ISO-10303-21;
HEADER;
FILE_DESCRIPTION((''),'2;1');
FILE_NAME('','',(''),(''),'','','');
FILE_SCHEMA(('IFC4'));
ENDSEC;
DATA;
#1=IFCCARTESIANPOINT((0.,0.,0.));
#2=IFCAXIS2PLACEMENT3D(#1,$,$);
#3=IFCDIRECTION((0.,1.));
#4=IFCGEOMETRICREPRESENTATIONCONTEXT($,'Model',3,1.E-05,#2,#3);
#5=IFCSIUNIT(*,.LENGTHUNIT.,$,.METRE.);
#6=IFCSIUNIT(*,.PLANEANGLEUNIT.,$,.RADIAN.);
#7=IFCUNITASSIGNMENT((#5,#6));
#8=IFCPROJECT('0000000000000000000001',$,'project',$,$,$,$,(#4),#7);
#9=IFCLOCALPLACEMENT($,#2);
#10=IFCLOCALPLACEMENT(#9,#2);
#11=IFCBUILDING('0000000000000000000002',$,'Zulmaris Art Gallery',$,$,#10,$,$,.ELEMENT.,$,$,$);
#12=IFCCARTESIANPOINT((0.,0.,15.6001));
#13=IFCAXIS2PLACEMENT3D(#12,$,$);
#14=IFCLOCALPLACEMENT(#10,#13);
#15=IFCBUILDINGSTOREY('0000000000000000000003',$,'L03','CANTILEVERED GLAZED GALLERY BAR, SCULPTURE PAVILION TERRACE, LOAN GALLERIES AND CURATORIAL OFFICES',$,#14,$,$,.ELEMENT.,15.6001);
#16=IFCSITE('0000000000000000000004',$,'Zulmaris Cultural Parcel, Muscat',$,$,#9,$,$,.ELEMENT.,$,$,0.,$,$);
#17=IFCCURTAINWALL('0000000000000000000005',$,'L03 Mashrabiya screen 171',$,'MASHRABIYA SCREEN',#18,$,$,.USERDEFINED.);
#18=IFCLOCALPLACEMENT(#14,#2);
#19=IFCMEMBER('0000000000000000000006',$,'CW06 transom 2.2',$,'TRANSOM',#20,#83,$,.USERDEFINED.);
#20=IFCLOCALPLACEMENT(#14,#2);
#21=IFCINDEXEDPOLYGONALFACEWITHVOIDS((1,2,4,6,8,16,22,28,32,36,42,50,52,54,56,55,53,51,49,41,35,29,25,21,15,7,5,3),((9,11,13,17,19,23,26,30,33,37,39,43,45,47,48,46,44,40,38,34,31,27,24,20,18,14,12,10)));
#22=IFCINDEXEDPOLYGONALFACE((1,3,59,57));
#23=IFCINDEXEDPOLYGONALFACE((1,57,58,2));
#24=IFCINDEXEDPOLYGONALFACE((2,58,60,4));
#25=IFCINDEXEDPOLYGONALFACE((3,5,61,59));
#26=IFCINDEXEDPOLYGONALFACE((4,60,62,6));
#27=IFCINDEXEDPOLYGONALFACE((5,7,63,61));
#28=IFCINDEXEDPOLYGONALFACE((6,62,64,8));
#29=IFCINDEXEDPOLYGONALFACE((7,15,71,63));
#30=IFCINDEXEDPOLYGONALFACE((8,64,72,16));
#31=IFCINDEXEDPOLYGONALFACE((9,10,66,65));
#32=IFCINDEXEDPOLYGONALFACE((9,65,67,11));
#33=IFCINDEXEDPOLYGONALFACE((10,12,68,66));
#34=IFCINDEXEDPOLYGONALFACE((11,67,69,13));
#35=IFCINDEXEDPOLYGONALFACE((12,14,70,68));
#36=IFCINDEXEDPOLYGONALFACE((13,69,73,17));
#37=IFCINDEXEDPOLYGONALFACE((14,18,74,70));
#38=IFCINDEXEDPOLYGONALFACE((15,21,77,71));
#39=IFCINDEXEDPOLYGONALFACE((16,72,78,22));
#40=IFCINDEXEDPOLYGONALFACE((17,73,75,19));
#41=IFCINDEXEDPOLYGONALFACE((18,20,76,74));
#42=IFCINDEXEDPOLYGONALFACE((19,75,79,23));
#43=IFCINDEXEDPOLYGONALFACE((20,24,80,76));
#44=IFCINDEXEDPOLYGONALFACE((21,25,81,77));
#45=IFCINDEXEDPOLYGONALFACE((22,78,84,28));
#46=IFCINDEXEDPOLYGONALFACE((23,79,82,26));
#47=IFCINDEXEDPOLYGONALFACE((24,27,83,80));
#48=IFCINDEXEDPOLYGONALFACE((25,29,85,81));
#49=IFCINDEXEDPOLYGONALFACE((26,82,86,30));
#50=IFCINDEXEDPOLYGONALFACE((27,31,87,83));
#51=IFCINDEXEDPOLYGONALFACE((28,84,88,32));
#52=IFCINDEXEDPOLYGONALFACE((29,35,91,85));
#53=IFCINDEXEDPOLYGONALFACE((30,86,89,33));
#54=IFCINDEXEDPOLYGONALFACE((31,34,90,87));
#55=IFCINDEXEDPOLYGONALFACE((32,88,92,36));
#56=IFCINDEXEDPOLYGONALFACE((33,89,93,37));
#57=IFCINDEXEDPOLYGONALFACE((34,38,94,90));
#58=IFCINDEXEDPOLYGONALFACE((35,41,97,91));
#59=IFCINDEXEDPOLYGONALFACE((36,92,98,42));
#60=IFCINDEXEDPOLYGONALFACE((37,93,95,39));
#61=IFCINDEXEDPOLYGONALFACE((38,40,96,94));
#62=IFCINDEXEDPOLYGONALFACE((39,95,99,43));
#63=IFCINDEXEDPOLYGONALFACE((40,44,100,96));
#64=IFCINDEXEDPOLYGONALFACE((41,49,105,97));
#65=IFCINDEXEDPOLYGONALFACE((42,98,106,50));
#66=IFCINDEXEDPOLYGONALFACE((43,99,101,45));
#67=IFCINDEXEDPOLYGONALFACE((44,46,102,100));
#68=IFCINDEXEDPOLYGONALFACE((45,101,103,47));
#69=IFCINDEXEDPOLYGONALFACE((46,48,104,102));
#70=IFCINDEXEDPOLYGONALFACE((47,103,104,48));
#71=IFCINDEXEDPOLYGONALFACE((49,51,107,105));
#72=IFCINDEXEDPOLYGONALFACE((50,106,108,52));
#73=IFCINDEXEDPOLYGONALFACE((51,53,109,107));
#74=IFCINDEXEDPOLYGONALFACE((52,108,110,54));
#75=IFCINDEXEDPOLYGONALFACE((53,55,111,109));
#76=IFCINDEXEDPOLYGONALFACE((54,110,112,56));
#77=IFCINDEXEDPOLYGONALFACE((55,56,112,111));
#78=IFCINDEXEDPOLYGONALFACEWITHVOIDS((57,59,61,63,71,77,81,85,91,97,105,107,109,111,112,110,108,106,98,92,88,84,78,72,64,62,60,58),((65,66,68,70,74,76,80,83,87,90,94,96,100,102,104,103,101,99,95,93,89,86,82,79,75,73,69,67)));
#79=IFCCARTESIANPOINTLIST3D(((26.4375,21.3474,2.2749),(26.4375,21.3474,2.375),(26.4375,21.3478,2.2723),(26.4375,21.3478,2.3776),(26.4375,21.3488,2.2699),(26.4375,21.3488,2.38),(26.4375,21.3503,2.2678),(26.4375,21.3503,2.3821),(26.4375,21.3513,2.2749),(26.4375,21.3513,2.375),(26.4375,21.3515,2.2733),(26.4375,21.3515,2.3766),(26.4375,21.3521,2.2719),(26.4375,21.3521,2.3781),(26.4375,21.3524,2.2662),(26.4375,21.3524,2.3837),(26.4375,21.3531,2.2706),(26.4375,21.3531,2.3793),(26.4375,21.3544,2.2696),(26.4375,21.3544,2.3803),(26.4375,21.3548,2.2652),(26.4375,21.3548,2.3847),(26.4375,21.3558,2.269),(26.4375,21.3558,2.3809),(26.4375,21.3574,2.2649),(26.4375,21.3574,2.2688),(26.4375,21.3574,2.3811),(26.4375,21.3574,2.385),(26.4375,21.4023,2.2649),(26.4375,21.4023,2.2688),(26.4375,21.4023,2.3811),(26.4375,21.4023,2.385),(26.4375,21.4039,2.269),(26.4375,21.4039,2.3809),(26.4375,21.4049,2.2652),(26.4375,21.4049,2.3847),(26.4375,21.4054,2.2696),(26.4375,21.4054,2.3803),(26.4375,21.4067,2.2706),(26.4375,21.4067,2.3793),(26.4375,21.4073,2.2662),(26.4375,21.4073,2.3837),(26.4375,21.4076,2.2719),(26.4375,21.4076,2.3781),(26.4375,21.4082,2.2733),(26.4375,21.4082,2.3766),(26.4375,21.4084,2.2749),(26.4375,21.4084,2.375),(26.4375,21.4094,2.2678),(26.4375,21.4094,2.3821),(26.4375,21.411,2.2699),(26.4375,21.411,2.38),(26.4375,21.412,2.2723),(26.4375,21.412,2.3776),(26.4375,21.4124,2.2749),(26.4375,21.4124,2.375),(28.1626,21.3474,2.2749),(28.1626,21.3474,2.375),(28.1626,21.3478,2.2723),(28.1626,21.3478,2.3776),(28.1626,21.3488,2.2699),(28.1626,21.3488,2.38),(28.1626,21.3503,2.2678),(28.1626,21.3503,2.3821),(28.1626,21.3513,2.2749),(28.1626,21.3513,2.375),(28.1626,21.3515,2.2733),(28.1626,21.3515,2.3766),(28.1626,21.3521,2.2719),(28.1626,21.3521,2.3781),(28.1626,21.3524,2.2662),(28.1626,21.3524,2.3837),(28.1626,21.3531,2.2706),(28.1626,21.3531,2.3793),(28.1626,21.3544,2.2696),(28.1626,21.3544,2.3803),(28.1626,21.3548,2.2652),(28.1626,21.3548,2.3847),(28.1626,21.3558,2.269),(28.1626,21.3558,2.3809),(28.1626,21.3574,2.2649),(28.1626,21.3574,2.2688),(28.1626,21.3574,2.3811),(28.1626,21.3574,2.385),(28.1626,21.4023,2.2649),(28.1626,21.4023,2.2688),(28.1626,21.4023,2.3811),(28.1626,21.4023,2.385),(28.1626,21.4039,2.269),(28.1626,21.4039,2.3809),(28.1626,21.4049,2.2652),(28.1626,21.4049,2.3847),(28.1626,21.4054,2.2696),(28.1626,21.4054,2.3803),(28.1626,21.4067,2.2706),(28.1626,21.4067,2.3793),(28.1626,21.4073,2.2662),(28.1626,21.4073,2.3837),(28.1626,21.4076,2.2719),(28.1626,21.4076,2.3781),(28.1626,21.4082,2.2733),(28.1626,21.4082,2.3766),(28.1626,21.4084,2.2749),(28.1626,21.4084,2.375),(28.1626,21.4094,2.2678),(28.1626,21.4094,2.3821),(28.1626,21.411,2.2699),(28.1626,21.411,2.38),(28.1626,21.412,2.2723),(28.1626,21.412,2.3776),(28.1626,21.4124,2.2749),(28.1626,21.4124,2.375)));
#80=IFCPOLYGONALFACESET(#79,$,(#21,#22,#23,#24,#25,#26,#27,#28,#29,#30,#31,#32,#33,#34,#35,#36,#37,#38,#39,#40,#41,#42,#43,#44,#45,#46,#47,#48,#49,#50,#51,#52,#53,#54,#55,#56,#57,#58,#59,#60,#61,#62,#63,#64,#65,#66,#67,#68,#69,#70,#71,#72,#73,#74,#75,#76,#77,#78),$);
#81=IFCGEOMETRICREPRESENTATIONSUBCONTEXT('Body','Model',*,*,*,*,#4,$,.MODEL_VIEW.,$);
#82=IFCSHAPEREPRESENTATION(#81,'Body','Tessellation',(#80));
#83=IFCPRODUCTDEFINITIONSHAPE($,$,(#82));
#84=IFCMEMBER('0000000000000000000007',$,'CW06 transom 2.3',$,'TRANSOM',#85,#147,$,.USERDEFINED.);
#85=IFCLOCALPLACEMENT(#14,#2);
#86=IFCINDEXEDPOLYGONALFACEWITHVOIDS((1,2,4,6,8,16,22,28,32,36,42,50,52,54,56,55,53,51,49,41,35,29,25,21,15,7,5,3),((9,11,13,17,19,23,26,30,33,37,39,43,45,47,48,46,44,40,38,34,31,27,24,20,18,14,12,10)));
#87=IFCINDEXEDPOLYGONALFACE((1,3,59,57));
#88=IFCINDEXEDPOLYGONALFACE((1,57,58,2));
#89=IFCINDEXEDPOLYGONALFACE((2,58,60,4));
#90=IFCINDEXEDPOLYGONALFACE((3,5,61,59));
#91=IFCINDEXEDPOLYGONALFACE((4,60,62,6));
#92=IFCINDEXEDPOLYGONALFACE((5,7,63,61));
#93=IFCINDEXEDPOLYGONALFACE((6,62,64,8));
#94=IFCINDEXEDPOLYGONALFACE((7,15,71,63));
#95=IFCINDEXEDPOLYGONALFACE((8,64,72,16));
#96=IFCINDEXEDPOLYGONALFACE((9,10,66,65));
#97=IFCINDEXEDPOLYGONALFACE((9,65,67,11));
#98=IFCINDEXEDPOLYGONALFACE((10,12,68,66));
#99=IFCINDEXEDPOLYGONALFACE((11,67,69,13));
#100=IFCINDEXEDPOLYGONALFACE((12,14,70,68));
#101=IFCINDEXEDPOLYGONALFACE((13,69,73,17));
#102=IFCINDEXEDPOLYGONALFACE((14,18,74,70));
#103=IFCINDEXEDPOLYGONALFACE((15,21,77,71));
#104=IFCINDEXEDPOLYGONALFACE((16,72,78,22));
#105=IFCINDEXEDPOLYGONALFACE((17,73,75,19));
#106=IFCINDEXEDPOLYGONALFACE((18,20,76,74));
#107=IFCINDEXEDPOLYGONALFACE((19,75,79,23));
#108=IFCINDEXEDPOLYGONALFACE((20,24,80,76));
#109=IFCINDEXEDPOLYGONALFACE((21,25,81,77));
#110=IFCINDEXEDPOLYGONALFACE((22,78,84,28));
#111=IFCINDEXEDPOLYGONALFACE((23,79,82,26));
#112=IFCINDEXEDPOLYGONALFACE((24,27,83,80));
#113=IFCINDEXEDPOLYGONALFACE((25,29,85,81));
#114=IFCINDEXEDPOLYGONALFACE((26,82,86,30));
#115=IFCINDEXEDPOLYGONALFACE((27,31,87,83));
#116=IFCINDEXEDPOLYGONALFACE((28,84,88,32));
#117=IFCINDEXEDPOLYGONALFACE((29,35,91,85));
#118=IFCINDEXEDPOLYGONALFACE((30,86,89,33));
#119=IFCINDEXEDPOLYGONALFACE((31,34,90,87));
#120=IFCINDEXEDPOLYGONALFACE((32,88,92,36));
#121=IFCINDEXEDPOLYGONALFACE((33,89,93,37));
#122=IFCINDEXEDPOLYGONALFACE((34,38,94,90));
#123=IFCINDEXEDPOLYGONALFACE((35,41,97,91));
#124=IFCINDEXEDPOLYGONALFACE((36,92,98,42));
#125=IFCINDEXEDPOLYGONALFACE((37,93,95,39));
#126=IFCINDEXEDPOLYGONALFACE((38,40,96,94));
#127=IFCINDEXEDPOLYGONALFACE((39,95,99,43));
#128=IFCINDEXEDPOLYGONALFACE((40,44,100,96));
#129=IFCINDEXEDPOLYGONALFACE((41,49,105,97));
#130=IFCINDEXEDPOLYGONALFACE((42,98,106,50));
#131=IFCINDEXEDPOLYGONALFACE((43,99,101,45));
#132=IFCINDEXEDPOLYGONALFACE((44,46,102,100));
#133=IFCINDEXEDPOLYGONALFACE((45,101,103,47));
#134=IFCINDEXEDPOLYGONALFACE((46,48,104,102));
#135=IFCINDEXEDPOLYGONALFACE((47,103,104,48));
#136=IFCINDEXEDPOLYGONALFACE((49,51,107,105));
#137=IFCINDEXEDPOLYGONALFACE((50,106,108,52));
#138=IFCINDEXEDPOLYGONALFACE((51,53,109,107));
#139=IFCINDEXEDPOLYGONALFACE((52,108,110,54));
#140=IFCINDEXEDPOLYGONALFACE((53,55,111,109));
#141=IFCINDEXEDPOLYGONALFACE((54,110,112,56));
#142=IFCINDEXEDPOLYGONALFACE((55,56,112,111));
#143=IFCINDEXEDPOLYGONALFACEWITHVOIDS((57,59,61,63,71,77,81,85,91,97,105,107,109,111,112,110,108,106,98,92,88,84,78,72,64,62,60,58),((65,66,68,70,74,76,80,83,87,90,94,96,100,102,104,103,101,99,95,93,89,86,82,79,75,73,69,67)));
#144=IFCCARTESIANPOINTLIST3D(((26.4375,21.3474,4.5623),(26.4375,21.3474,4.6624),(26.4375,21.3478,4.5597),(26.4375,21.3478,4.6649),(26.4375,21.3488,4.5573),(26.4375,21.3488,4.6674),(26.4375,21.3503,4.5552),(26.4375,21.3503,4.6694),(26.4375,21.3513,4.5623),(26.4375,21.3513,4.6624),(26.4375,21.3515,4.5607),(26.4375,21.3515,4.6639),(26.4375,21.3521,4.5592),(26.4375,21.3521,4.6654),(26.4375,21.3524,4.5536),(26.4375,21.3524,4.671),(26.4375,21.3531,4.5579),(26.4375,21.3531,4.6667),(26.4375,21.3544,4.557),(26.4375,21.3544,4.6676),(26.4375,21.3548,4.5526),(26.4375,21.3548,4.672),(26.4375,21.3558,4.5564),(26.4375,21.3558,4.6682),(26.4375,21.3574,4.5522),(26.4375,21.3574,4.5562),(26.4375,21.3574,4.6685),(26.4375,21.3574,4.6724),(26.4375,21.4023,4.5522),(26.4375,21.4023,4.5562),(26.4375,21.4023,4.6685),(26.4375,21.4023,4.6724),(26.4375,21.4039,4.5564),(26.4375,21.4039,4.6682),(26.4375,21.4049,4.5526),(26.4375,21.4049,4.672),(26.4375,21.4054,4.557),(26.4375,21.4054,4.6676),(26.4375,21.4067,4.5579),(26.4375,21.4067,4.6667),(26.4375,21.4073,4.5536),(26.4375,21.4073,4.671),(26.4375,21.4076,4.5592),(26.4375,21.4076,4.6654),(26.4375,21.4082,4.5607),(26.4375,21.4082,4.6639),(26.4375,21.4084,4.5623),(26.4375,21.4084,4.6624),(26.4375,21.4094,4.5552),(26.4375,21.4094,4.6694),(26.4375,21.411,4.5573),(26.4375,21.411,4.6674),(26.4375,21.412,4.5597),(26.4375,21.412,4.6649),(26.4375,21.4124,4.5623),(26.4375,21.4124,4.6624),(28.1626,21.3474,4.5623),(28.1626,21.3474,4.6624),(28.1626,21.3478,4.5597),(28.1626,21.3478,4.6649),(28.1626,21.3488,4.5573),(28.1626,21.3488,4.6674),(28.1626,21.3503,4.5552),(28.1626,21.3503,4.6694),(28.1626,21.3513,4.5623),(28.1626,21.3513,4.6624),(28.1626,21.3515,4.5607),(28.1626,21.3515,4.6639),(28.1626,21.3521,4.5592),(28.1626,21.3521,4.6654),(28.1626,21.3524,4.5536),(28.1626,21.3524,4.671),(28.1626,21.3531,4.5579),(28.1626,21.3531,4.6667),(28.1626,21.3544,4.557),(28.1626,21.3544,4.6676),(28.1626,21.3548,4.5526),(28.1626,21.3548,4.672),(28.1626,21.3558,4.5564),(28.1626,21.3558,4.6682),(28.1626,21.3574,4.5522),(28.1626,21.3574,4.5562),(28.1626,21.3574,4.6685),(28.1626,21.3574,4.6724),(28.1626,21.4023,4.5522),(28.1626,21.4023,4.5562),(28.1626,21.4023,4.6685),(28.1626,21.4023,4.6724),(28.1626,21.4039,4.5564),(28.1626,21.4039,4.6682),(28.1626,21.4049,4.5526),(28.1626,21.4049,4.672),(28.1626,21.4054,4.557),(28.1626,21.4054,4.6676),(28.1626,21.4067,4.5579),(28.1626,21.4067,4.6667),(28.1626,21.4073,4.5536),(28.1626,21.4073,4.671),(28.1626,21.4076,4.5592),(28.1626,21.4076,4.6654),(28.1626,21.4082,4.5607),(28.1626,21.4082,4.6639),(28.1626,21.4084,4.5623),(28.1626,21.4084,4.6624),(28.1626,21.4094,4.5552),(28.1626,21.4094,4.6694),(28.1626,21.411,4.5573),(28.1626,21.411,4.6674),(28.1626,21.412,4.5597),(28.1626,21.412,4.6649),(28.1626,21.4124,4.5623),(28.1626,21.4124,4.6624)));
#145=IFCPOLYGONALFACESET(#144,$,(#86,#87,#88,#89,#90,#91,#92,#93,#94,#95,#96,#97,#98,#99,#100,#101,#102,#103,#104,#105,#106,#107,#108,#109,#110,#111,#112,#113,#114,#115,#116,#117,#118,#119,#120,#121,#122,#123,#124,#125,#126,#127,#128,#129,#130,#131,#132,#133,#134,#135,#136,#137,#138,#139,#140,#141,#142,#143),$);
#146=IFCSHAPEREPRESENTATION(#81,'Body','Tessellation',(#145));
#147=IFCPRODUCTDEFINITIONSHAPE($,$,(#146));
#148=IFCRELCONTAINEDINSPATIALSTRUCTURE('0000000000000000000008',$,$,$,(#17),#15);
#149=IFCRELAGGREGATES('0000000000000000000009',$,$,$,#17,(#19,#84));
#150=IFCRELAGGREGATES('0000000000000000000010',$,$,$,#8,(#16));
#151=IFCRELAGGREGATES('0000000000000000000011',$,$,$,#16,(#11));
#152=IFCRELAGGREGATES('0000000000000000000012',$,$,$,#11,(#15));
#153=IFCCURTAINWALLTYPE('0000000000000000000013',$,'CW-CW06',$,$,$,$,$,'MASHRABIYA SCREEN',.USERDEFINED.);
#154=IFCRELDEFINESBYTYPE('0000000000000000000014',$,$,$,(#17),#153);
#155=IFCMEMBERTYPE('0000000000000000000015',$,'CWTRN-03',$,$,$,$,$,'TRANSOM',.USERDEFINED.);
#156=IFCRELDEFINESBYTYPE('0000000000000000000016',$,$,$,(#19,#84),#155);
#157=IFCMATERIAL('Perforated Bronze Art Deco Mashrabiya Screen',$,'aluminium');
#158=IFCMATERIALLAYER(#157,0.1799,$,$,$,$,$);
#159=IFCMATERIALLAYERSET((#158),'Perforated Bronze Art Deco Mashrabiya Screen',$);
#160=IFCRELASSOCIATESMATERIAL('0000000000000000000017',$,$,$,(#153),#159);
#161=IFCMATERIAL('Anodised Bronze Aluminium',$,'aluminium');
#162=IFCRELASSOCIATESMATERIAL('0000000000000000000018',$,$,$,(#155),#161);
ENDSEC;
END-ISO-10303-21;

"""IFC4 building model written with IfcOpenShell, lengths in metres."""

from ifc_helpers import new_model, si_unit, direction, frame, origin, origin_2d, place, context, subcontext, project, spatial, hollow_rectangle, extrude, material, layer, layer_set, material_profile, profile_set, type_object, element, aggregate, save


model = new_model("IFC4")

# Units and contexts
model_context = context("Model", 3, precision=1e-05, world=origin(), true_north=direction((0.0, 1.0)))
body_context = subcontext(model_context, "Body", "Model", "MODEL_VIEW")
ifc_project = project(units=[si_unit("LENGTHUNIT", "METRE"), si_unit("PLANEANGLEUNIT", "RADIAN")], contexts=[model_context])

# Site, building, storey
site_placement = place(None, origin())
site = spatial("IfcSite", under=ifc_project, at=site_placement, Name="Zulmaris Cultural Parcel, Muscat", CompositionType="ELEMENT", RefElevation=0.0)
building_placement = place(site_placement, origin())
building = spatial("IfcBuilding", under=site, at=building_placement, Name="Zulmaris Art Gallery", CompositionType="ELEMENT")
storey_placement = place(building_placement, frame((0.0, 0.0, 15.6001)))
storey = spatial("IfcBuildingStorey", under=building, at=storey_placement, Name="L03", Description="CANTILEVERED GLAZED GALLERY BAR, SCULPTURE PAVILION TERRACE, LOAN GALLERIES AND CURATORIAL OFFICES", CompositionType="ELEMENT", Elevation=15.6001)

# Shared definitions
ifc_material_1 = material(Name="Anodised Bronze Aluminium", Category="aluminium")

# Curtain wall
ifc_material_2 = material(Name="Perforated Bronze Art Deco Mashrabiya Screen", Category="aluminium")
ifc_layer_1 = layer(ifc_material_2, 0.1799)
ifc_layer_set_1 = layer_set([ifc_layer_1], Name="Perforated Bronze Art Deco Mashrabiya Screen")
curtain_wall_type_1 = type_object("IfcCurtainWallType", Name="CW-CW06", ElementType="MASHRABIYA SCREEN", PredefinedType="USERDEFINED", material=ifc_layer_set_1)
curtain_wall_1_placement = place(storey_placement, origin())
curtain_wall_1 = element("IfcCurtainWall", 1, at=curtain_wall_1_placement, inside=storey, type_object=curtain_wall_type_1, Name="L03 Mashrabiya screen 171", ObjectType="MASHRABIYA SCREEN", PredefinedType="USERDEFINED")

# Members
ifc_material_profile_1 = material_profile(ifc_material_1, hollow_rectangle(XDim=0.0649, YDim=0.1201, WallThickness=0.0039, InnerFilletRadius=0.0061, OuterFilletRadius=0.01, at=origin_2d()), Name="ALU 65x120x4")
ifc_profile_set_1 = profile_set([ifc_material_profile_1], Name="Anodised Bronze Aluminium")
member_type_1 = type_object("IfcMemberType", Name="CWTRN-03", ElementType="TRANSOM", PredefinedType="USERDEFINED", material=ifc_profile_set_1)
member_1_placement = place(storey_placement, frame((26.4375, 21.3799, 2.325), z_axis=(1.0, 0.0, 0.0), x_axis=(0.0, 1.0, 0.0)))
member_1 = element("IfcMember", 2, at=member_1_placement, type_object=member_type_1, Name="CW06 transom 2.2", ObjectType="TRANSOM", PredefinedType="USERDEFINED", context=body_context, shape_type="SweptSolid", body=[
    extrude(hollow_rectangle(XDim=0.0649, YDim=0.1201, WallThickness=0.0039, InnerFilletRadius=0.0061, OuterFilletRadius=0.01, at=origin_2d()), origin(), (0.0, 0.0, 1.0), 1.7251),
])
member_2_placement = place(storey_placement, frame((26.4375, 21.3799, 4.6123), z_axis=(1.0, 0.0, 0.0), x_axis=(0.0, 1.0, 0.0)))
member_2 = element("IfcMember", 3, at=member_2_placement, type_object=member_type_1, Name="CW06 transom 2.3", ObjectType="TRANSOM", PredefinedType="USERDEFINED", context=body_context, shape_type="SweptSolid", body=[
    extrude(hollow_rectangle(XDim=0.0649, YDim=0.1201, WallThickness=0.0039, InnerFilletRadius=0.0061, OuterFilletRadius=0.01, at=origin_2d()), origin(), (0.0, 0.0, 1.0), 1.7251),
])

aggregate(curtain_wall_1, [member_1, member_2])

save(model, "model.ifc")
